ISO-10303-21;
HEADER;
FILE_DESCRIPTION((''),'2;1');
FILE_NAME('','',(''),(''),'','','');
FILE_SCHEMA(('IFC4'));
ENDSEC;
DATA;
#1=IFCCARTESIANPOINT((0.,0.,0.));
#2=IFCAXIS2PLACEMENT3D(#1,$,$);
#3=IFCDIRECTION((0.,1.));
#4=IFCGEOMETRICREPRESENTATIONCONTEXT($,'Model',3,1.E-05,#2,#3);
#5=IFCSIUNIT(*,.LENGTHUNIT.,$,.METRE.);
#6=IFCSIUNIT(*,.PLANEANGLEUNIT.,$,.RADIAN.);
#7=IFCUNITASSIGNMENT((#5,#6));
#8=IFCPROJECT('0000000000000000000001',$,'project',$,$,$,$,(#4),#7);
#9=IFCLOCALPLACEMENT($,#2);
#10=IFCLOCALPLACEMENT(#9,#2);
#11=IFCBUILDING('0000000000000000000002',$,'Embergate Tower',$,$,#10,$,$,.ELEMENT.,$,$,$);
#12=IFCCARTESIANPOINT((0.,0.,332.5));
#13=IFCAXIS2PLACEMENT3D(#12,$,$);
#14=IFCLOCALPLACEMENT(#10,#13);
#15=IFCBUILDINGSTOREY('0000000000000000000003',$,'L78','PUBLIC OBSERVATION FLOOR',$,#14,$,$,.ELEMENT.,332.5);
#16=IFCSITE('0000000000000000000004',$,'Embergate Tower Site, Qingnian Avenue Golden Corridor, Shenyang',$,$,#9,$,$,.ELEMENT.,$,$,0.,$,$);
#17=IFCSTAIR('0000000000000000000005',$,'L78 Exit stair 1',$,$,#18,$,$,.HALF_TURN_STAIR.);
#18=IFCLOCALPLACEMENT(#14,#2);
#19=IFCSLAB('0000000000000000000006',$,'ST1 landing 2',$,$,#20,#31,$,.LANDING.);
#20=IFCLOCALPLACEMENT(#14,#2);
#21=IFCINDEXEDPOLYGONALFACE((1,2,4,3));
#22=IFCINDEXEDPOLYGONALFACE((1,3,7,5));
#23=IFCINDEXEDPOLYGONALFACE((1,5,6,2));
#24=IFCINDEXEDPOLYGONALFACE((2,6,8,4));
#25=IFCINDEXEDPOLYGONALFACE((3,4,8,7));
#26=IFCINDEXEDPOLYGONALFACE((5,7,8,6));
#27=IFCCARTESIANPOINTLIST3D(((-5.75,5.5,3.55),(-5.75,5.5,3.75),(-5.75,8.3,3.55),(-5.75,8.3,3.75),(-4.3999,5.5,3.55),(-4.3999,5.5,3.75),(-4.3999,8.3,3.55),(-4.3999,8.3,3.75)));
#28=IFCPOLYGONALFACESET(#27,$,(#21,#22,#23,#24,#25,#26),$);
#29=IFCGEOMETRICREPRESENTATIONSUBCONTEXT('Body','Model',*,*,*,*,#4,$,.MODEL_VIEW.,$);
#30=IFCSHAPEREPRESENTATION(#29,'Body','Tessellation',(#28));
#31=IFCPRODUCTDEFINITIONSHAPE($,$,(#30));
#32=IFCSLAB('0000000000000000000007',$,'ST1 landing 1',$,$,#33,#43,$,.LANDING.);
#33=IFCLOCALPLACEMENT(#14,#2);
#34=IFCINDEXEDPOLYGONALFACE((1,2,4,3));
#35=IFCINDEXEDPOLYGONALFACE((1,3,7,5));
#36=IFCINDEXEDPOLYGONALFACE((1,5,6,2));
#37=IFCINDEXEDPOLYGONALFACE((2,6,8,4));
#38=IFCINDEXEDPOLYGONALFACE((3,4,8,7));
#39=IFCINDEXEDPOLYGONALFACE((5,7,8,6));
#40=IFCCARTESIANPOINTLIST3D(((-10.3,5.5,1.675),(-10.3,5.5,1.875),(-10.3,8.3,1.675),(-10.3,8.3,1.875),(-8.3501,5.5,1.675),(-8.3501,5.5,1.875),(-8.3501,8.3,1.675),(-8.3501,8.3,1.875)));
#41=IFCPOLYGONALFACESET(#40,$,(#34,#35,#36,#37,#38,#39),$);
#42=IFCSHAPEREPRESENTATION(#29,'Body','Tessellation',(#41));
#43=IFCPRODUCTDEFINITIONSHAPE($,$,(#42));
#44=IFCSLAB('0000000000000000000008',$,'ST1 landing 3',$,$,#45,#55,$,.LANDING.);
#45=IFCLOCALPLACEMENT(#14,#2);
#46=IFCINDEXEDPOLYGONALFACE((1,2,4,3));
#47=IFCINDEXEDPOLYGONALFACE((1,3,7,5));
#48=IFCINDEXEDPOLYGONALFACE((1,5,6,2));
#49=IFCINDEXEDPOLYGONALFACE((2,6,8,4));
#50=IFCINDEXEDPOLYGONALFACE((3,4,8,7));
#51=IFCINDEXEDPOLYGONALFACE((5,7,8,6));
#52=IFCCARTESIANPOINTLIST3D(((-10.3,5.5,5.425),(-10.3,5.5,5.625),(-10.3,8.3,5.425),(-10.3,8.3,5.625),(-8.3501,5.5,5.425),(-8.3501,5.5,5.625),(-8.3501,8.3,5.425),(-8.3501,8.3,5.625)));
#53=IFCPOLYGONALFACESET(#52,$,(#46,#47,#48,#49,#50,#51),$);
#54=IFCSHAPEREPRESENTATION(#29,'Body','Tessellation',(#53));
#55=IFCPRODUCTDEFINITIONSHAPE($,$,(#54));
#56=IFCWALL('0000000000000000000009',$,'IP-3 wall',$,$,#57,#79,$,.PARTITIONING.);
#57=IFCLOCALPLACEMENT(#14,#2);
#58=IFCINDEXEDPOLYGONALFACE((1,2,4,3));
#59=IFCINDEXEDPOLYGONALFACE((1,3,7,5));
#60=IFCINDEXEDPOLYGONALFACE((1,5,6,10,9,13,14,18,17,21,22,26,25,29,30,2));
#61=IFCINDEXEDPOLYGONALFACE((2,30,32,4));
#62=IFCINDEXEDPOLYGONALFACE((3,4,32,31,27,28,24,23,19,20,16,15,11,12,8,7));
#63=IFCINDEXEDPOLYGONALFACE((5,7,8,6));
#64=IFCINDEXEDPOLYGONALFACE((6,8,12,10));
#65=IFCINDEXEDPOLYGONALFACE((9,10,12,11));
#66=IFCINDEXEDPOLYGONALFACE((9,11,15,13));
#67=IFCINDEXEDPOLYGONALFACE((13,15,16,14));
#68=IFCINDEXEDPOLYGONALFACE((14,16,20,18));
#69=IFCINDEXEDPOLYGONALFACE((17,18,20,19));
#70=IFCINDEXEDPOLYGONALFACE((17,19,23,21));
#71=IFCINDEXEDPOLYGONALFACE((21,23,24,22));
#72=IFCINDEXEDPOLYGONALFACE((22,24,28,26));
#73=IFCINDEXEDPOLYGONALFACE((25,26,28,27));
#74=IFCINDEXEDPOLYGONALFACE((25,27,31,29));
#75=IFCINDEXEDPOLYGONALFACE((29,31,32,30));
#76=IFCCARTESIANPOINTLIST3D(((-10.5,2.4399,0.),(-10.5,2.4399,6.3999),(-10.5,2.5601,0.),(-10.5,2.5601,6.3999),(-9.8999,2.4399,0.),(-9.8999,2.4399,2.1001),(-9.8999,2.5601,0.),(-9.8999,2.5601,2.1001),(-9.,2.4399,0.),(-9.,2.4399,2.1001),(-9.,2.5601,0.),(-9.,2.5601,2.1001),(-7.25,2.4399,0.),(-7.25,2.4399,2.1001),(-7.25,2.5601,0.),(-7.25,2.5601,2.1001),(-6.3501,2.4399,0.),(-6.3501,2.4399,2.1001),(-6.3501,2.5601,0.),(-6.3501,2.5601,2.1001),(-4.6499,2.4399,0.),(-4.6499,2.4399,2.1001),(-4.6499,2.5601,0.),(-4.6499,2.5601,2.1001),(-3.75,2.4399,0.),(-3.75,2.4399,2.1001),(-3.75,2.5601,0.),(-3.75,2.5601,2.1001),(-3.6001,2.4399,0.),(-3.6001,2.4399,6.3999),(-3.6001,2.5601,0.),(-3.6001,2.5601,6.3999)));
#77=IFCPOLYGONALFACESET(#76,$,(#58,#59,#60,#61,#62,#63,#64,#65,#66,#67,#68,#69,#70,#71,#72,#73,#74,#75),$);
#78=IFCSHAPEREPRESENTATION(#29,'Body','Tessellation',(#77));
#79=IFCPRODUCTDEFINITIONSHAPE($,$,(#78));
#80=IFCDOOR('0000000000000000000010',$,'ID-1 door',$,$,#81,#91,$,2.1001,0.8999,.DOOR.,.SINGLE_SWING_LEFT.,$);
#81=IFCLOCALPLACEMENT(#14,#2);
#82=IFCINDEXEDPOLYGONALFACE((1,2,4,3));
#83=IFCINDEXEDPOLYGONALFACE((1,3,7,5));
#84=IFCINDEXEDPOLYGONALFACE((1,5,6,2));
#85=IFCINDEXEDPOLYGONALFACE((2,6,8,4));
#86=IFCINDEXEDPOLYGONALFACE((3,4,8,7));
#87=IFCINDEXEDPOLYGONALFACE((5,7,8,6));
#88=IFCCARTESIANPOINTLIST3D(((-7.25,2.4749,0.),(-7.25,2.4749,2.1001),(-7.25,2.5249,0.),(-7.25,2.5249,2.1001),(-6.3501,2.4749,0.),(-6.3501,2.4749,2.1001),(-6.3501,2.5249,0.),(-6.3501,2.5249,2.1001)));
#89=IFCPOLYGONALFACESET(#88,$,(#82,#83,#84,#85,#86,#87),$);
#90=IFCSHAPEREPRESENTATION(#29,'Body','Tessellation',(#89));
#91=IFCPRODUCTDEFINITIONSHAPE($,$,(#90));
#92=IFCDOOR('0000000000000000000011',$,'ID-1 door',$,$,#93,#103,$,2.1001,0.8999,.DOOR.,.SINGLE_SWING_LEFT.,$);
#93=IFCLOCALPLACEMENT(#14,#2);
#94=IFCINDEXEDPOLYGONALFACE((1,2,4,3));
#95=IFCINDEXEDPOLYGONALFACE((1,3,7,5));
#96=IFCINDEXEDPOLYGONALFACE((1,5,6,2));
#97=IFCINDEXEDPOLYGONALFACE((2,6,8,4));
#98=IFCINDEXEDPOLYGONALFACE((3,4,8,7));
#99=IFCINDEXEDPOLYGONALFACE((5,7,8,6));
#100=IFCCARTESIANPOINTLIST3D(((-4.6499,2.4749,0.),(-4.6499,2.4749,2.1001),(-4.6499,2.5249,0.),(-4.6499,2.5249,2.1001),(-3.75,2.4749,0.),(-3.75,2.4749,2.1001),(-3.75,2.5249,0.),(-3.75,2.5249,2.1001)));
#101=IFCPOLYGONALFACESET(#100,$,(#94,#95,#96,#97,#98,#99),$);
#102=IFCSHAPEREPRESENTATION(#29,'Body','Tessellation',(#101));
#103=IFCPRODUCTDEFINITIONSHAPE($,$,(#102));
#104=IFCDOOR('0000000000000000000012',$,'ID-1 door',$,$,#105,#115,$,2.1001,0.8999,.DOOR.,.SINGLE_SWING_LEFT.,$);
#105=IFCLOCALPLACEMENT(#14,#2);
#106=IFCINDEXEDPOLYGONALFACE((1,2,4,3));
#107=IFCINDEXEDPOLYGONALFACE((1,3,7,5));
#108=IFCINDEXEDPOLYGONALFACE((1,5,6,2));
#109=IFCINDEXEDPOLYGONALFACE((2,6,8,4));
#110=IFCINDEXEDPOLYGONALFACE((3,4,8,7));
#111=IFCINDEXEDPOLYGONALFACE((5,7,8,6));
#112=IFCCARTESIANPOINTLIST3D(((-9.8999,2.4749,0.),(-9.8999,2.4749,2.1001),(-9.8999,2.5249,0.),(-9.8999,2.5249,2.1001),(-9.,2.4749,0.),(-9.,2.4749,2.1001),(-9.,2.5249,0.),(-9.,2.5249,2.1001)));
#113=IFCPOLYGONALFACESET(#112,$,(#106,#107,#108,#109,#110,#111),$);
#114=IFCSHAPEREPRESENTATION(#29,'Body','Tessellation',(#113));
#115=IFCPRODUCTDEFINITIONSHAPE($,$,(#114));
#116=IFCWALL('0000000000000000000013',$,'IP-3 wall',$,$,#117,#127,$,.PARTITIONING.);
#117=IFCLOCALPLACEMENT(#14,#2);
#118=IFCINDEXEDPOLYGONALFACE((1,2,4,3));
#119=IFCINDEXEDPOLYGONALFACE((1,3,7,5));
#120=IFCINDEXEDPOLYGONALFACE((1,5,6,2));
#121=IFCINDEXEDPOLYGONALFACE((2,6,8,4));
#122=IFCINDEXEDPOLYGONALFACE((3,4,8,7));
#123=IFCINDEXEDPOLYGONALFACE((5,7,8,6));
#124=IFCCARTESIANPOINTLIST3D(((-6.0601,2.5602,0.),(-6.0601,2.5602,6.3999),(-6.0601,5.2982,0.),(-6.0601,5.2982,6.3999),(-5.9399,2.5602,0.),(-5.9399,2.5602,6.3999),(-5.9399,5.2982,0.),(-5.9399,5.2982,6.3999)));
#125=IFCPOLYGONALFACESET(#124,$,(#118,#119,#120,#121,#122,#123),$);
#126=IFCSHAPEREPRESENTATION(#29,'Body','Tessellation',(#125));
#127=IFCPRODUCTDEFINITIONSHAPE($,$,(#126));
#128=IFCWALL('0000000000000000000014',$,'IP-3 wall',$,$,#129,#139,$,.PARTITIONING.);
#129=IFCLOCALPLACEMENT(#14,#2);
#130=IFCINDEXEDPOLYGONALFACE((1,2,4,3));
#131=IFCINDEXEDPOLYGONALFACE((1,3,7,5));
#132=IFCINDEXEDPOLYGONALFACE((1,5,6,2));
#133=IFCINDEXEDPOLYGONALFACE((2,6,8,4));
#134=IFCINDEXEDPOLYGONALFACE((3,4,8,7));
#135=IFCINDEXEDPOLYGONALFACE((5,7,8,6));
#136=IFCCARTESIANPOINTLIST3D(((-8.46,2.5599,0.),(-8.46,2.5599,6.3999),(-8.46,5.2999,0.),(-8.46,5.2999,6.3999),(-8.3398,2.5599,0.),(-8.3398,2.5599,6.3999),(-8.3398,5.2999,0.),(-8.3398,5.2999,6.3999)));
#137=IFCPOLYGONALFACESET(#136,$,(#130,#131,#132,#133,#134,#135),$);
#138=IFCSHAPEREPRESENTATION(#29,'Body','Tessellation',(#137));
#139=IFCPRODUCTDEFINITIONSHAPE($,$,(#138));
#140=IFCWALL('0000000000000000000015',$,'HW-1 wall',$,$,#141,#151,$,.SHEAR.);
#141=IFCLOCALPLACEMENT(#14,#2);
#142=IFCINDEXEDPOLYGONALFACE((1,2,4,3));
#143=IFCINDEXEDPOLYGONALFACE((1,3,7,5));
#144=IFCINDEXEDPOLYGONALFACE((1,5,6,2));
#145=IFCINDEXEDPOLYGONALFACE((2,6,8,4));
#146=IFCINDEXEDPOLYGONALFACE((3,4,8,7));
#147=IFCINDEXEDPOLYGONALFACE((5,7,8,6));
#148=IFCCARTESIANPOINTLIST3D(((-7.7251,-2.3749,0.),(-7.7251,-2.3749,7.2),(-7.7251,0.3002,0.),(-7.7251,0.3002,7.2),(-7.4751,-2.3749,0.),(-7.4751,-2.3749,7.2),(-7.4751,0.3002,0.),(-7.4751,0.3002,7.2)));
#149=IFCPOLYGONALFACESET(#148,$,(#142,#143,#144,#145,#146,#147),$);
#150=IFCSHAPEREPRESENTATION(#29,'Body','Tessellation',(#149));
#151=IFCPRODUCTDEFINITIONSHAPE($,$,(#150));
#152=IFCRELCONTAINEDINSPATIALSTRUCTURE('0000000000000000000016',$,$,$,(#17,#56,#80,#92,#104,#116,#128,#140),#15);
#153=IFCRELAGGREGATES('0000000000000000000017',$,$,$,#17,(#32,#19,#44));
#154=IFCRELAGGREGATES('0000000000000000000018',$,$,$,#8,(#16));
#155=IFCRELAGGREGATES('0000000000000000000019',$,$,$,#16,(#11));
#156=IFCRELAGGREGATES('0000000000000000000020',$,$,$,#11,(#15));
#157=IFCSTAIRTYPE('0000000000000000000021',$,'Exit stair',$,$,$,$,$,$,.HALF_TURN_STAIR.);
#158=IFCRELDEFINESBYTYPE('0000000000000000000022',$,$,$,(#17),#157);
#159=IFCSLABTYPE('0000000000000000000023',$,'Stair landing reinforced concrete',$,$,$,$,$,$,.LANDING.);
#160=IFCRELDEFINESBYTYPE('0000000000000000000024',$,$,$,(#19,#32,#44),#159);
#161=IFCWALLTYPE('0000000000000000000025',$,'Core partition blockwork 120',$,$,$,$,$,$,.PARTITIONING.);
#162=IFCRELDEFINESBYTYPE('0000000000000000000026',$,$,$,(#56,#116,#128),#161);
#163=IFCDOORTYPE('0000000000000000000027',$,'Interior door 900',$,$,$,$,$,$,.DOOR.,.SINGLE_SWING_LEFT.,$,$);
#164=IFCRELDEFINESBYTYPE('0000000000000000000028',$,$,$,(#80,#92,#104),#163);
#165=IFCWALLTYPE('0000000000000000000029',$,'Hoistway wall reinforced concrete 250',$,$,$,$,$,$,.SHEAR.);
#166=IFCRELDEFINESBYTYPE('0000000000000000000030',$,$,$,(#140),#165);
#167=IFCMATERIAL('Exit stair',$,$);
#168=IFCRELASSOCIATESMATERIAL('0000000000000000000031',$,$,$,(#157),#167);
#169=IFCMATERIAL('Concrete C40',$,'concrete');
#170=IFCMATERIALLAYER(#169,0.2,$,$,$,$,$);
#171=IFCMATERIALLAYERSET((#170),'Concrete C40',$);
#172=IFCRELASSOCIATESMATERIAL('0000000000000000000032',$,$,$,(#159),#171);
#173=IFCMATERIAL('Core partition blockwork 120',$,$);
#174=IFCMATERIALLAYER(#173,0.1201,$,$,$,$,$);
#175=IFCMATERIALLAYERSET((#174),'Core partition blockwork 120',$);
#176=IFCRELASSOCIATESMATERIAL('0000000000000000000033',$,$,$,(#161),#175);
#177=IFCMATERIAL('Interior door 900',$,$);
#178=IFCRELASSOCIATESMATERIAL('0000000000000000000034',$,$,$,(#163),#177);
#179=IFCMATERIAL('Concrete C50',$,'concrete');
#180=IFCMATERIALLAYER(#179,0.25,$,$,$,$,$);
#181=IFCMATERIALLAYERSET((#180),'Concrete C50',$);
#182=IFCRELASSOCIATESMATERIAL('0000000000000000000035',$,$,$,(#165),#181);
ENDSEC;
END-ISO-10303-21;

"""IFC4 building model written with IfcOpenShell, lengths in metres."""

from ifc_helpers import new_model, si_unit, direction, frame, frame_2d, origin, place, context, subcontext, project, spatial, polyline, rectangle, outline, extrude, source, transform, mapped, material, layer, layer_set, type_object, element, fill, aggregate, save


model = new_model("IFC4")

# Units and contexts
model_context = context("Model", 3, precision=1e-05, world=origin(), true_north=direction((0.0, 1.0)))
body_context = subcontext(model_context, "Body", "Model", "MODEL_VIEW")
ifc_project = project(units=[si_unit("LENGTHUNIT", "METRE"), si_unit("PLANEANGLEUNIT", "RADIAN")], contexts=[model_context])

# Site, building, storey
site_placement = place(None, origin())
site = spatial("IfcSite", under=ifc_project, at=site_placement, Name="Embergate Tower Site, Qingnian Avenue Golden Corridor, Shenyang", CompositionType="ELEMENT", RefElevation=0.0)
building_placement = place(site_placement, origin())
building = spatial("IfcBuilding", under=site, at=building_placement, Name="Embergate Tower", CompositionType="ELEMENT")
storey_placement = place(building_placement, frame((0.0, 0.0, 332.5)))
storey = spatial("IfcBuildingStorey", under=building, at=storey_placement, Name="L78", Description="PUBLIC OBSERVATION FLOOR", CompositionType="ELEMENT", Elevation=332.5)

# Stair, slabs
ifc_material_1 = material(Name="Exit stair")
stair_type = type_object("IfcStairType", Name="Exit stair", PredefinedType="HALF_TURN_STAIR", material=ifc_material_1)
stair_placement = place(storey_placement, origin())
stair = element("IfcStair", 1, at=stair_placement, inside=storey, type_object=stair_type, Name="L78 Exit stair 1", PredefinedType="HALF_TURN_STAIR")
ifc_material_2 = material(Name="Concrete C40", Category="concrete")
ifc_layer_1 = layer(ifc_material_2, 0.2)
ifc_layer_set_1 = layer_set([ifc_layer_1], Name="Concrete C40")
slab_type = type_object("IfcSlabType", Name="Stair landing reinforced concrete", PredefinedType="LANDING", material=ifc_layer_set_1)
shared_shape_1 = source(origin(), body_context, "Body", "SweptSolid", [
    extrude(outline(polyline([(0.0, 0.0), (1.3501, 0.0), (1.3501, 2.8), (0.0, 2.8), (0.0, 0.0)])), origin(), (0.0, 0.0, 1.0), 0.2),
])
slab_1_placement = place(storey_placement, frame((-5.75, 5.5, 3.55)))
slab_1 = element("IfcSlab", 2, at=slab_1_placement, type_object=slab_type, Name="ST1 landing 2", PredefinedType="LANDING", context=body_context, shape_type="MappedRepresentation", body=[
    mapped(shared_shape_1, transform((0.0, 0.0, 0.0))),
])
shared_shape_2 = source(origin(), body_context, "Body", "SweptSolid", [
    extrude(outline(polyline([(0.0, 0.0), (1.95, 0.0), (1.95, 2.8), (0.0, 2.8), (0.0, 0.0)])), origin(), (0.0, 0.0, 1.0), 0.2),
])
slab_2_placement = place(storey_placement, frame((-10.3, 5.5, 1.675)))
slab_2 = element("IfcSlab", 3, at=slab_2_placement, type_object=slab_type, Name="ST1 landing 1", PredefinedType="LANDING", context=body_context, shape_type="MappedRepresentation", body=[
    mapped(shared_shape_2, transform((0.0, 0.0, 0.0))),
])
slab_3_placement = place(storey_placement, frame((-10.3, 5.5, 5.425)))
slab_3 = element("IfcSlab", 4, at=slab_3_placement, type_object=slab_type, Name="ST1 landing 3", PredefinedType="LANDING", context=body_context, shape_type="MappedRepresentation", body=[
    mapped(shared_shape_2, transform((0.0, 0.0, 0.0))),
])

# Wall, openings, doors
ifc_material_3 = material(Name="Core partition blockwork 120")
ifc_layer_2 = layer(ifc_material_3, 0.1201)
ifc_layer_set_2 = layer_set([ifc_layer_2], Name="Core partition blockwork 120")
wall_type_1 = type_object("IfcWallType", Name="Core partition blockwork 120", PredefinedType="PARTITIONING", material=ifc_layer_set_2)
shared_shape_3 = source(origin(), body_context, "Body", "SweptSolid", [
    extrude(rectangle(XDim=6.8999, YDim=0.1201, at=frame_2d((3.45, 0.0))), origin(), (0.0, 0.0, 1.0), 6.3999),
])
wall_1_placement = place(storey_placement, frame((-10.5, 2.5, 0.0), z_axis=(0.0, 0.0, 1.0), x_axis=(1.0, 0.0, 0.0)))
wall_1 = element("IfcWall", 5, at=wall_1_placement, inside=storey, type_object=wall_type_1, Name="IP-3 wall", PredefinedType="PARTITIONING", context=body_context, shape_type="MappedRepresentation", body=[
    mapped(shared_shape_3, transform((0.0, 0.0, 0.0))),
])
shared_shape_4 = source(origin(), body_context, "Body", "SweptSolid", [
    extrude(rectangle(XDim=0.8999, YDim=2.1001, at=frame_2d((0.45, 1.05))), frame((0.0, 0.0701, 0.0), z_axis=(0.0, -1.0, 0.0), x_axis=(1.0, 0.0, 0.0)), (0.0, 0.0, 1.0), 0.1401),
])
opening_1_placement = place(wall_1_placement, frame((3.25, 0.0, 0.0)))
opening_1 = element("IfcOpeningElement", 6, at=opening_1_placement, cuts=wall_1, PredefinedType="OPENING", context=body_context, shape_type="MappedRepresentation", body=[
    mapped(shared_shape_4, transform((0.0, 0.0, 0.0))),
])
opening_2_placement = place(wall_1_placement, frame((5.8501, 0.0, 0.0)))
opening_2 = element("IfcOpeningElement", 7, at=opening_2_placement, cuts=wall_1, PredefinedType="OPENING", context=body_context, shape_type="MappedRepresentation", body=[
    mapped(shared_shape_4, transform((0.0, 0.0, 0.0))),
])
opening_3_placement = place(wall_1_placement, frame((0.6001, 0.0, 0.0)))
opening_3 = element("IfcOpeningElement", 8, at=opening_3_placement, cuts=wall_1, PredefinedType="OPENING", context=body_context, shape_type="MappedRepresentation", body=[
    mapped(shared_shape_4, transform((0.0, 0.0, 0.0))),
])
ifc_material_4 = material(Name="Interior door 900")
door_type = type_object("IfcDoorType", Name="Interior door 900", OperationType="SINGLE_SWING_LEFT", PredefinedType="DOOR", material=ifc_material_4)
shared_shape_5 = source(origin(), body_context, "Body", "SweptSolid", [
    extrude(rectangle(XDim=0.8999, YDim=2.1001, at=frame_2d((0.45, 1.05))), frame((0.0, 0.0249, 0.0), z_axis=(0.0, -1.0, 0.0), x_axis=(1.0, 0.0, 0.0)), (0.0, 0.0, 1.0), 0.05),
])
door_1_placement = place(opening_1_placement, origin())
door_1 = element("IfcDoor", 9, at=door_1_placement, inside=storey, type_object=door_type, Name="ID-1 door", OperationType="SINGLE_SWING_LEFT", OverallHeight=2.1001, OverallWidth=0.8999, PredefinedType="DOOR", context=body_context, shape_type="MappedRepresentation", body=[
    mapped(shared_shape_5, transform((0.0, 0.0, 0.0))),
])
fill(opening_1, door_1)
door_2_placement = place(opening_2_placement, origin())
door_2 = element("IfcDoor", 10, at=door_2_placement, inside=storey, type_object=door_type, Name="ID-1 door", OperationType="SINGLE_SWING_LEFT", OverallHeight=2.1001, OverallWidth=0.8999, PredefinedType="DOOR", context=body_context, shape_type="MappedRepresentation", body=[
    mapped(shared_shape_5, transform((0.0, 0.0, 0.0))),
])
fill(opening_2, door_2)
door_3_placement = place(opening_3_placement, origin())
door_3 = element("IfcDoor", 11, at=door_3_placement, inside=storey, type_object=door_type, Name="ID-1 door", OperationType="SINGLE_SWING_LEFT", OverallHeight=2.1001, OverallWidth=0.8999, PredefinedType="DOOR", context=body_context, shape_type="MappedRepresentation", body=[
    mapped(shared_shape_5, transform((0.0, 0.0, 0.0))),
])
fill(opening_3, door_3)

# Walls
shared_shape_6 = source(origin(), body_context, "Body", "SweptSolid", [
    extrude(rectangle(XDim=2.738, YDim=0.1201, at=frame_2d((1.3691, 0.0))), origin(), (0.0, 0.0, 1.0), 6.3999),
])
wall_2_placement = place(storey_placement, frame((-6.0, 2.5601, 0.0), z_axis=(0.0, 0.0, 1.0), x_axis=(0.0, 1.0, 0.0)))
element("IfcWall", 12, at=wall_2_placement, inside=storey, type_object=wall_type_1, Name="IP-3 wall", PredefinedType="PARTITIONING", context=body_context, shape_type="MappedRepresentation", body=[
    mapped(shared_shape_6, transform((0.0, 0.0, 0.0))),
])
shared_shape_7 = source(origin(), body_context, "Body", "SweptSolid", [
    extrude(rectangle(XDim=2.74, YDim=0.1201, at=frame_2d((1.3701, 0.0))), origin(), (0.0, 0.0, 1.0), 6.3999),
])
wall_3_placement = place(storey_placement, frame((-8.3999, 5.3, 0.0), z_axis=(0.0, 0.0, 1.0), x_axis=(0.0, -1.0, 0.0)))
element("IfcWall", 13, at=wall_3_placement, inside=storey, type_object=wall_type_1, Name="IP-3 wall", PredefinedType="PARTITIONING", context=body_context, shape_type="MappedRepresentation", body=[
    mapped(shared_shape_7, transform((0.0, 0.0, 0.0))),
])
ifc_material_5 = material(Name="Concrete C50", Category="concrete")
ifc_layer_3 = layer(ifc_material_5, 0.25)
ifc_layer_set_3 = layer_set([ifc_layer_3], Name="Concrete C50")
wall_type_2 = type_object("IfcWallType", Name="Hoistway wall reinforced concrete 250", PredefinedType="SHEAR", material=ifc_layer_set_3)
shared_shape_8 = source(origin(), body_context, "Body", "SweptSolid", [
    extrude(rectangle(XDim=2.675, YDim=0.25, at=frame_2d((1.3374, 0.0))), origin(), (0.0, 0.0, 1.0), 7.2),
])
wall_4_placement = place(storey_placement, frame((-7.6001, 0.3, 0.0), z_axis=(0.0, 0.0, 1.0), x_axis=(0.0, -1.0, 0.0)))
element("IfcWall", 14, at=wall_4_placement, inside=storey, type_object=wall_type_2, Name="HW-1 wall", PredefinedType="SHEAR", context=body_context, shape_type="MappedRepresentation", body=[
    mapped(shared_shape_8, transform((0.0, 0.0, 0.0))),
])

aggregate(stair, [slab_2, slab_1, slab_3])

save(model, "model.ifc")
